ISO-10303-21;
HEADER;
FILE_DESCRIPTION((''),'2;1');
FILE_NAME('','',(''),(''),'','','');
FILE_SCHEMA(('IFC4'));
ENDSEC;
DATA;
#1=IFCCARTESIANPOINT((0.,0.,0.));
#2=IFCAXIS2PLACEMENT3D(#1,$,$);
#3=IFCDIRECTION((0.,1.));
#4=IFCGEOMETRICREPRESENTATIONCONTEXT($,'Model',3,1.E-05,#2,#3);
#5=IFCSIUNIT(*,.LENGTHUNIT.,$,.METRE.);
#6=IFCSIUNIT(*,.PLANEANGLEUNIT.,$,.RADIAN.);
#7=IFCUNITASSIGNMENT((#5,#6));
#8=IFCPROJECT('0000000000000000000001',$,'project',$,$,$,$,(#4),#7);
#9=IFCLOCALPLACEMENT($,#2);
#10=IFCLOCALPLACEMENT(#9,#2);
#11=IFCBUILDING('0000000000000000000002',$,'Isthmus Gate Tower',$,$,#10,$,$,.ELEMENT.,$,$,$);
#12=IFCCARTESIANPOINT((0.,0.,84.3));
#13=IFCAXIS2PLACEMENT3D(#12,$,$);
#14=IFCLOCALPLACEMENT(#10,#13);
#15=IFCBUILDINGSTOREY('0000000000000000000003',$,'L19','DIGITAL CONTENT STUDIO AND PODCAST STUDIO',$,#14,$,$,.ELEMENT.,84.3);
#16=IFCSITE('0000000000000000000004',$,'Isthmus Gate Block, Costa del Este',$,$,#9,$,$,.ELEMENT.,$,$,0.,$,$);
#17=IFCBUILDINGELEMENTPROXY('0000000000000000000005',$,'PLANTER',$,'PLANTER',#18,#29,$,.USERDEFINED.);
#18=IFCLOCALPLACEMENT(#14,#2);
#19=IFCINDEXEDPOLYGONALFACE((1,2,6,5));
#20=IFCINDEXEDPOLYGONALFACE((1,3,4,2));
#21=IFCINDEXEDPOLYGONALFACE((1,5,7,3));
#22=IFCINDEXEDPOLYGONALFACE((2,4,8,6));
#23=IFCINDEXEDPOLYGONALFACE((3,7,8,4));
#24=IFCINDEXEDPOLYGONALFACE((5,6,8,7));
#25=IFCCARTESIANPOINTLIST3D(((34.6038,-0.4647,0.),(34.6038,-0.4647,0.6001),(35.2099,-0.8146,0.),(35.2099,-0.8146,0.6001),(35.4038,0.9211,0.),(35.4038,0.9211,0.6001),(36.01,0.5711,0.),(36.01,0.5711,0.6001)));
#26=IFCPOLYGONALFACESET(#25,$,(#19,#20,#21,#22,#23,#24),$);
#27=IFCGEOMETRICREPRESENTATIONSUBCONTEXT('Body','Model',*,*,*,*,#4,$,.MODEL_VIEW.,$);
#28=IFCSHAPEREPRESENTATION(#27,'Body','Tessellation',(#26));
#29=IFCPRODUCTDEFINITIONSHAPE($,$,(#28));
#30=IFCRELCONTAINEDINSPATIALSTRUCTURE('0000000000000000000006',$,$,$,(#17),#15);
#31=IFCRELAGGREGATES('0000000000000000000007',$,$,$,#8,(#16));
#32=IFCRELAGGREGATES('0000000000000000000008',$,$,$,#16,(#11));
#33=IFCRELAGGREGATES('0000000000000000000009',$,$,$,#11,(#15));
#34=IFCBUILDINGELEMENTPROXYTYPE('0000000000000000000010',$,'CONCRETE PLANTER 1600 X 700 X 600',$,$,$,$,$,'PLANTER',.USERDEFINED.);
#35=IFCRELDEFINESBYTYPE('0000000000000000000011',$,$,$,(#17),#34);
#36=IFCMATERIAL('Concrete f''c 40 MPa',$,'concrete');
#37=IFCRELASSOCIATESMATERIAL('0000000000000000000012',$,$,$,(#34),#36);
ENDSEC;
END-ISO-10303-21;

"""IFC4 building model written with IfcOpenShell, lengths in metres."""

from ifc_helpers import new_model, si_unit, direction, frame, origin, origin_2d, place, context, subcontext, project, spatial, rectangle, extrude, material, type_object, element, save


model = new_model("IFC4")

# Units and contexts
model_context = context("Model", 3, precision=1e-05, world=origin(), true_north=direction((0.0, 1.0)))
body_context = subcontext(model_context, "Body", "Model", "MODEL_VIEW")
ifc_project = project(units=[si_unit("LENGTHUNIT", "METRE"), si_unit("PLANEANGLEUNIT", "RADIAN")], contexts=[model_context])

# Site, building, storey
site_placement = place(None, origin())
site = spatial("IfcSite", under=ifc_project, at=site_placement, Name="Isthmus Gate Block, Costa del Este", CompositionType="ELEMENT", RefElevation=0.0)
building_placement = place(site_placement, origin())
building = spatial("IfcBuilding", under=site, at=building_placement, Name="Isthmus Gate Tower", CompositionType="ELEMENT")
storey_placement = place(building_placement, frame((0.0, 0.0, 84.3)))
storey = spatial("IfcBuildingStorey", under=building, at=storey_placement, Name="L19", Description="DIGITAL CONTENT STUDIO AND PODCAST STUDIO", CompositionType="ELEMENT", Elevation=84.3)

# Building element proxy
ifc_material_1 = material(Name="Concrete f'c 40 MPa", Category="concrete")
building_element_proxy_type = type_object("IfcBuildingElementProxyType", Name="CONCRETE PLANTER 1600 X 700 X 600", ElementType="PLANTER", PredefinedType="USERDEFINED", material=ifc_material_1)
for number, where, z_axis, x_axis, name in (
    (1, (35.3069, 0.0532, 0.0), (0.0, 0.0, 1.0), (0.5, 0.866025, 0.0), "PLANTER"),
):
    element("IfcBuildingElementProxy", number, at=place(storey_placement, frame(where, z_axis=z_axis, x_axis=x_axis)), inside=storey, type_object=building_element_proxy_type, Name=name, ObjectType="PLANTER", PredefinedType="USERDEFINED", context=body_context, shape_type="SweptSolid", body=[
        extrude(rectangle(XDim=1.6001, YDim=0.7, at=origin_2d()), origin(), (0.0, 0.0, 1.0), 0.6001),
    ])

save(model, "model.ifc")
